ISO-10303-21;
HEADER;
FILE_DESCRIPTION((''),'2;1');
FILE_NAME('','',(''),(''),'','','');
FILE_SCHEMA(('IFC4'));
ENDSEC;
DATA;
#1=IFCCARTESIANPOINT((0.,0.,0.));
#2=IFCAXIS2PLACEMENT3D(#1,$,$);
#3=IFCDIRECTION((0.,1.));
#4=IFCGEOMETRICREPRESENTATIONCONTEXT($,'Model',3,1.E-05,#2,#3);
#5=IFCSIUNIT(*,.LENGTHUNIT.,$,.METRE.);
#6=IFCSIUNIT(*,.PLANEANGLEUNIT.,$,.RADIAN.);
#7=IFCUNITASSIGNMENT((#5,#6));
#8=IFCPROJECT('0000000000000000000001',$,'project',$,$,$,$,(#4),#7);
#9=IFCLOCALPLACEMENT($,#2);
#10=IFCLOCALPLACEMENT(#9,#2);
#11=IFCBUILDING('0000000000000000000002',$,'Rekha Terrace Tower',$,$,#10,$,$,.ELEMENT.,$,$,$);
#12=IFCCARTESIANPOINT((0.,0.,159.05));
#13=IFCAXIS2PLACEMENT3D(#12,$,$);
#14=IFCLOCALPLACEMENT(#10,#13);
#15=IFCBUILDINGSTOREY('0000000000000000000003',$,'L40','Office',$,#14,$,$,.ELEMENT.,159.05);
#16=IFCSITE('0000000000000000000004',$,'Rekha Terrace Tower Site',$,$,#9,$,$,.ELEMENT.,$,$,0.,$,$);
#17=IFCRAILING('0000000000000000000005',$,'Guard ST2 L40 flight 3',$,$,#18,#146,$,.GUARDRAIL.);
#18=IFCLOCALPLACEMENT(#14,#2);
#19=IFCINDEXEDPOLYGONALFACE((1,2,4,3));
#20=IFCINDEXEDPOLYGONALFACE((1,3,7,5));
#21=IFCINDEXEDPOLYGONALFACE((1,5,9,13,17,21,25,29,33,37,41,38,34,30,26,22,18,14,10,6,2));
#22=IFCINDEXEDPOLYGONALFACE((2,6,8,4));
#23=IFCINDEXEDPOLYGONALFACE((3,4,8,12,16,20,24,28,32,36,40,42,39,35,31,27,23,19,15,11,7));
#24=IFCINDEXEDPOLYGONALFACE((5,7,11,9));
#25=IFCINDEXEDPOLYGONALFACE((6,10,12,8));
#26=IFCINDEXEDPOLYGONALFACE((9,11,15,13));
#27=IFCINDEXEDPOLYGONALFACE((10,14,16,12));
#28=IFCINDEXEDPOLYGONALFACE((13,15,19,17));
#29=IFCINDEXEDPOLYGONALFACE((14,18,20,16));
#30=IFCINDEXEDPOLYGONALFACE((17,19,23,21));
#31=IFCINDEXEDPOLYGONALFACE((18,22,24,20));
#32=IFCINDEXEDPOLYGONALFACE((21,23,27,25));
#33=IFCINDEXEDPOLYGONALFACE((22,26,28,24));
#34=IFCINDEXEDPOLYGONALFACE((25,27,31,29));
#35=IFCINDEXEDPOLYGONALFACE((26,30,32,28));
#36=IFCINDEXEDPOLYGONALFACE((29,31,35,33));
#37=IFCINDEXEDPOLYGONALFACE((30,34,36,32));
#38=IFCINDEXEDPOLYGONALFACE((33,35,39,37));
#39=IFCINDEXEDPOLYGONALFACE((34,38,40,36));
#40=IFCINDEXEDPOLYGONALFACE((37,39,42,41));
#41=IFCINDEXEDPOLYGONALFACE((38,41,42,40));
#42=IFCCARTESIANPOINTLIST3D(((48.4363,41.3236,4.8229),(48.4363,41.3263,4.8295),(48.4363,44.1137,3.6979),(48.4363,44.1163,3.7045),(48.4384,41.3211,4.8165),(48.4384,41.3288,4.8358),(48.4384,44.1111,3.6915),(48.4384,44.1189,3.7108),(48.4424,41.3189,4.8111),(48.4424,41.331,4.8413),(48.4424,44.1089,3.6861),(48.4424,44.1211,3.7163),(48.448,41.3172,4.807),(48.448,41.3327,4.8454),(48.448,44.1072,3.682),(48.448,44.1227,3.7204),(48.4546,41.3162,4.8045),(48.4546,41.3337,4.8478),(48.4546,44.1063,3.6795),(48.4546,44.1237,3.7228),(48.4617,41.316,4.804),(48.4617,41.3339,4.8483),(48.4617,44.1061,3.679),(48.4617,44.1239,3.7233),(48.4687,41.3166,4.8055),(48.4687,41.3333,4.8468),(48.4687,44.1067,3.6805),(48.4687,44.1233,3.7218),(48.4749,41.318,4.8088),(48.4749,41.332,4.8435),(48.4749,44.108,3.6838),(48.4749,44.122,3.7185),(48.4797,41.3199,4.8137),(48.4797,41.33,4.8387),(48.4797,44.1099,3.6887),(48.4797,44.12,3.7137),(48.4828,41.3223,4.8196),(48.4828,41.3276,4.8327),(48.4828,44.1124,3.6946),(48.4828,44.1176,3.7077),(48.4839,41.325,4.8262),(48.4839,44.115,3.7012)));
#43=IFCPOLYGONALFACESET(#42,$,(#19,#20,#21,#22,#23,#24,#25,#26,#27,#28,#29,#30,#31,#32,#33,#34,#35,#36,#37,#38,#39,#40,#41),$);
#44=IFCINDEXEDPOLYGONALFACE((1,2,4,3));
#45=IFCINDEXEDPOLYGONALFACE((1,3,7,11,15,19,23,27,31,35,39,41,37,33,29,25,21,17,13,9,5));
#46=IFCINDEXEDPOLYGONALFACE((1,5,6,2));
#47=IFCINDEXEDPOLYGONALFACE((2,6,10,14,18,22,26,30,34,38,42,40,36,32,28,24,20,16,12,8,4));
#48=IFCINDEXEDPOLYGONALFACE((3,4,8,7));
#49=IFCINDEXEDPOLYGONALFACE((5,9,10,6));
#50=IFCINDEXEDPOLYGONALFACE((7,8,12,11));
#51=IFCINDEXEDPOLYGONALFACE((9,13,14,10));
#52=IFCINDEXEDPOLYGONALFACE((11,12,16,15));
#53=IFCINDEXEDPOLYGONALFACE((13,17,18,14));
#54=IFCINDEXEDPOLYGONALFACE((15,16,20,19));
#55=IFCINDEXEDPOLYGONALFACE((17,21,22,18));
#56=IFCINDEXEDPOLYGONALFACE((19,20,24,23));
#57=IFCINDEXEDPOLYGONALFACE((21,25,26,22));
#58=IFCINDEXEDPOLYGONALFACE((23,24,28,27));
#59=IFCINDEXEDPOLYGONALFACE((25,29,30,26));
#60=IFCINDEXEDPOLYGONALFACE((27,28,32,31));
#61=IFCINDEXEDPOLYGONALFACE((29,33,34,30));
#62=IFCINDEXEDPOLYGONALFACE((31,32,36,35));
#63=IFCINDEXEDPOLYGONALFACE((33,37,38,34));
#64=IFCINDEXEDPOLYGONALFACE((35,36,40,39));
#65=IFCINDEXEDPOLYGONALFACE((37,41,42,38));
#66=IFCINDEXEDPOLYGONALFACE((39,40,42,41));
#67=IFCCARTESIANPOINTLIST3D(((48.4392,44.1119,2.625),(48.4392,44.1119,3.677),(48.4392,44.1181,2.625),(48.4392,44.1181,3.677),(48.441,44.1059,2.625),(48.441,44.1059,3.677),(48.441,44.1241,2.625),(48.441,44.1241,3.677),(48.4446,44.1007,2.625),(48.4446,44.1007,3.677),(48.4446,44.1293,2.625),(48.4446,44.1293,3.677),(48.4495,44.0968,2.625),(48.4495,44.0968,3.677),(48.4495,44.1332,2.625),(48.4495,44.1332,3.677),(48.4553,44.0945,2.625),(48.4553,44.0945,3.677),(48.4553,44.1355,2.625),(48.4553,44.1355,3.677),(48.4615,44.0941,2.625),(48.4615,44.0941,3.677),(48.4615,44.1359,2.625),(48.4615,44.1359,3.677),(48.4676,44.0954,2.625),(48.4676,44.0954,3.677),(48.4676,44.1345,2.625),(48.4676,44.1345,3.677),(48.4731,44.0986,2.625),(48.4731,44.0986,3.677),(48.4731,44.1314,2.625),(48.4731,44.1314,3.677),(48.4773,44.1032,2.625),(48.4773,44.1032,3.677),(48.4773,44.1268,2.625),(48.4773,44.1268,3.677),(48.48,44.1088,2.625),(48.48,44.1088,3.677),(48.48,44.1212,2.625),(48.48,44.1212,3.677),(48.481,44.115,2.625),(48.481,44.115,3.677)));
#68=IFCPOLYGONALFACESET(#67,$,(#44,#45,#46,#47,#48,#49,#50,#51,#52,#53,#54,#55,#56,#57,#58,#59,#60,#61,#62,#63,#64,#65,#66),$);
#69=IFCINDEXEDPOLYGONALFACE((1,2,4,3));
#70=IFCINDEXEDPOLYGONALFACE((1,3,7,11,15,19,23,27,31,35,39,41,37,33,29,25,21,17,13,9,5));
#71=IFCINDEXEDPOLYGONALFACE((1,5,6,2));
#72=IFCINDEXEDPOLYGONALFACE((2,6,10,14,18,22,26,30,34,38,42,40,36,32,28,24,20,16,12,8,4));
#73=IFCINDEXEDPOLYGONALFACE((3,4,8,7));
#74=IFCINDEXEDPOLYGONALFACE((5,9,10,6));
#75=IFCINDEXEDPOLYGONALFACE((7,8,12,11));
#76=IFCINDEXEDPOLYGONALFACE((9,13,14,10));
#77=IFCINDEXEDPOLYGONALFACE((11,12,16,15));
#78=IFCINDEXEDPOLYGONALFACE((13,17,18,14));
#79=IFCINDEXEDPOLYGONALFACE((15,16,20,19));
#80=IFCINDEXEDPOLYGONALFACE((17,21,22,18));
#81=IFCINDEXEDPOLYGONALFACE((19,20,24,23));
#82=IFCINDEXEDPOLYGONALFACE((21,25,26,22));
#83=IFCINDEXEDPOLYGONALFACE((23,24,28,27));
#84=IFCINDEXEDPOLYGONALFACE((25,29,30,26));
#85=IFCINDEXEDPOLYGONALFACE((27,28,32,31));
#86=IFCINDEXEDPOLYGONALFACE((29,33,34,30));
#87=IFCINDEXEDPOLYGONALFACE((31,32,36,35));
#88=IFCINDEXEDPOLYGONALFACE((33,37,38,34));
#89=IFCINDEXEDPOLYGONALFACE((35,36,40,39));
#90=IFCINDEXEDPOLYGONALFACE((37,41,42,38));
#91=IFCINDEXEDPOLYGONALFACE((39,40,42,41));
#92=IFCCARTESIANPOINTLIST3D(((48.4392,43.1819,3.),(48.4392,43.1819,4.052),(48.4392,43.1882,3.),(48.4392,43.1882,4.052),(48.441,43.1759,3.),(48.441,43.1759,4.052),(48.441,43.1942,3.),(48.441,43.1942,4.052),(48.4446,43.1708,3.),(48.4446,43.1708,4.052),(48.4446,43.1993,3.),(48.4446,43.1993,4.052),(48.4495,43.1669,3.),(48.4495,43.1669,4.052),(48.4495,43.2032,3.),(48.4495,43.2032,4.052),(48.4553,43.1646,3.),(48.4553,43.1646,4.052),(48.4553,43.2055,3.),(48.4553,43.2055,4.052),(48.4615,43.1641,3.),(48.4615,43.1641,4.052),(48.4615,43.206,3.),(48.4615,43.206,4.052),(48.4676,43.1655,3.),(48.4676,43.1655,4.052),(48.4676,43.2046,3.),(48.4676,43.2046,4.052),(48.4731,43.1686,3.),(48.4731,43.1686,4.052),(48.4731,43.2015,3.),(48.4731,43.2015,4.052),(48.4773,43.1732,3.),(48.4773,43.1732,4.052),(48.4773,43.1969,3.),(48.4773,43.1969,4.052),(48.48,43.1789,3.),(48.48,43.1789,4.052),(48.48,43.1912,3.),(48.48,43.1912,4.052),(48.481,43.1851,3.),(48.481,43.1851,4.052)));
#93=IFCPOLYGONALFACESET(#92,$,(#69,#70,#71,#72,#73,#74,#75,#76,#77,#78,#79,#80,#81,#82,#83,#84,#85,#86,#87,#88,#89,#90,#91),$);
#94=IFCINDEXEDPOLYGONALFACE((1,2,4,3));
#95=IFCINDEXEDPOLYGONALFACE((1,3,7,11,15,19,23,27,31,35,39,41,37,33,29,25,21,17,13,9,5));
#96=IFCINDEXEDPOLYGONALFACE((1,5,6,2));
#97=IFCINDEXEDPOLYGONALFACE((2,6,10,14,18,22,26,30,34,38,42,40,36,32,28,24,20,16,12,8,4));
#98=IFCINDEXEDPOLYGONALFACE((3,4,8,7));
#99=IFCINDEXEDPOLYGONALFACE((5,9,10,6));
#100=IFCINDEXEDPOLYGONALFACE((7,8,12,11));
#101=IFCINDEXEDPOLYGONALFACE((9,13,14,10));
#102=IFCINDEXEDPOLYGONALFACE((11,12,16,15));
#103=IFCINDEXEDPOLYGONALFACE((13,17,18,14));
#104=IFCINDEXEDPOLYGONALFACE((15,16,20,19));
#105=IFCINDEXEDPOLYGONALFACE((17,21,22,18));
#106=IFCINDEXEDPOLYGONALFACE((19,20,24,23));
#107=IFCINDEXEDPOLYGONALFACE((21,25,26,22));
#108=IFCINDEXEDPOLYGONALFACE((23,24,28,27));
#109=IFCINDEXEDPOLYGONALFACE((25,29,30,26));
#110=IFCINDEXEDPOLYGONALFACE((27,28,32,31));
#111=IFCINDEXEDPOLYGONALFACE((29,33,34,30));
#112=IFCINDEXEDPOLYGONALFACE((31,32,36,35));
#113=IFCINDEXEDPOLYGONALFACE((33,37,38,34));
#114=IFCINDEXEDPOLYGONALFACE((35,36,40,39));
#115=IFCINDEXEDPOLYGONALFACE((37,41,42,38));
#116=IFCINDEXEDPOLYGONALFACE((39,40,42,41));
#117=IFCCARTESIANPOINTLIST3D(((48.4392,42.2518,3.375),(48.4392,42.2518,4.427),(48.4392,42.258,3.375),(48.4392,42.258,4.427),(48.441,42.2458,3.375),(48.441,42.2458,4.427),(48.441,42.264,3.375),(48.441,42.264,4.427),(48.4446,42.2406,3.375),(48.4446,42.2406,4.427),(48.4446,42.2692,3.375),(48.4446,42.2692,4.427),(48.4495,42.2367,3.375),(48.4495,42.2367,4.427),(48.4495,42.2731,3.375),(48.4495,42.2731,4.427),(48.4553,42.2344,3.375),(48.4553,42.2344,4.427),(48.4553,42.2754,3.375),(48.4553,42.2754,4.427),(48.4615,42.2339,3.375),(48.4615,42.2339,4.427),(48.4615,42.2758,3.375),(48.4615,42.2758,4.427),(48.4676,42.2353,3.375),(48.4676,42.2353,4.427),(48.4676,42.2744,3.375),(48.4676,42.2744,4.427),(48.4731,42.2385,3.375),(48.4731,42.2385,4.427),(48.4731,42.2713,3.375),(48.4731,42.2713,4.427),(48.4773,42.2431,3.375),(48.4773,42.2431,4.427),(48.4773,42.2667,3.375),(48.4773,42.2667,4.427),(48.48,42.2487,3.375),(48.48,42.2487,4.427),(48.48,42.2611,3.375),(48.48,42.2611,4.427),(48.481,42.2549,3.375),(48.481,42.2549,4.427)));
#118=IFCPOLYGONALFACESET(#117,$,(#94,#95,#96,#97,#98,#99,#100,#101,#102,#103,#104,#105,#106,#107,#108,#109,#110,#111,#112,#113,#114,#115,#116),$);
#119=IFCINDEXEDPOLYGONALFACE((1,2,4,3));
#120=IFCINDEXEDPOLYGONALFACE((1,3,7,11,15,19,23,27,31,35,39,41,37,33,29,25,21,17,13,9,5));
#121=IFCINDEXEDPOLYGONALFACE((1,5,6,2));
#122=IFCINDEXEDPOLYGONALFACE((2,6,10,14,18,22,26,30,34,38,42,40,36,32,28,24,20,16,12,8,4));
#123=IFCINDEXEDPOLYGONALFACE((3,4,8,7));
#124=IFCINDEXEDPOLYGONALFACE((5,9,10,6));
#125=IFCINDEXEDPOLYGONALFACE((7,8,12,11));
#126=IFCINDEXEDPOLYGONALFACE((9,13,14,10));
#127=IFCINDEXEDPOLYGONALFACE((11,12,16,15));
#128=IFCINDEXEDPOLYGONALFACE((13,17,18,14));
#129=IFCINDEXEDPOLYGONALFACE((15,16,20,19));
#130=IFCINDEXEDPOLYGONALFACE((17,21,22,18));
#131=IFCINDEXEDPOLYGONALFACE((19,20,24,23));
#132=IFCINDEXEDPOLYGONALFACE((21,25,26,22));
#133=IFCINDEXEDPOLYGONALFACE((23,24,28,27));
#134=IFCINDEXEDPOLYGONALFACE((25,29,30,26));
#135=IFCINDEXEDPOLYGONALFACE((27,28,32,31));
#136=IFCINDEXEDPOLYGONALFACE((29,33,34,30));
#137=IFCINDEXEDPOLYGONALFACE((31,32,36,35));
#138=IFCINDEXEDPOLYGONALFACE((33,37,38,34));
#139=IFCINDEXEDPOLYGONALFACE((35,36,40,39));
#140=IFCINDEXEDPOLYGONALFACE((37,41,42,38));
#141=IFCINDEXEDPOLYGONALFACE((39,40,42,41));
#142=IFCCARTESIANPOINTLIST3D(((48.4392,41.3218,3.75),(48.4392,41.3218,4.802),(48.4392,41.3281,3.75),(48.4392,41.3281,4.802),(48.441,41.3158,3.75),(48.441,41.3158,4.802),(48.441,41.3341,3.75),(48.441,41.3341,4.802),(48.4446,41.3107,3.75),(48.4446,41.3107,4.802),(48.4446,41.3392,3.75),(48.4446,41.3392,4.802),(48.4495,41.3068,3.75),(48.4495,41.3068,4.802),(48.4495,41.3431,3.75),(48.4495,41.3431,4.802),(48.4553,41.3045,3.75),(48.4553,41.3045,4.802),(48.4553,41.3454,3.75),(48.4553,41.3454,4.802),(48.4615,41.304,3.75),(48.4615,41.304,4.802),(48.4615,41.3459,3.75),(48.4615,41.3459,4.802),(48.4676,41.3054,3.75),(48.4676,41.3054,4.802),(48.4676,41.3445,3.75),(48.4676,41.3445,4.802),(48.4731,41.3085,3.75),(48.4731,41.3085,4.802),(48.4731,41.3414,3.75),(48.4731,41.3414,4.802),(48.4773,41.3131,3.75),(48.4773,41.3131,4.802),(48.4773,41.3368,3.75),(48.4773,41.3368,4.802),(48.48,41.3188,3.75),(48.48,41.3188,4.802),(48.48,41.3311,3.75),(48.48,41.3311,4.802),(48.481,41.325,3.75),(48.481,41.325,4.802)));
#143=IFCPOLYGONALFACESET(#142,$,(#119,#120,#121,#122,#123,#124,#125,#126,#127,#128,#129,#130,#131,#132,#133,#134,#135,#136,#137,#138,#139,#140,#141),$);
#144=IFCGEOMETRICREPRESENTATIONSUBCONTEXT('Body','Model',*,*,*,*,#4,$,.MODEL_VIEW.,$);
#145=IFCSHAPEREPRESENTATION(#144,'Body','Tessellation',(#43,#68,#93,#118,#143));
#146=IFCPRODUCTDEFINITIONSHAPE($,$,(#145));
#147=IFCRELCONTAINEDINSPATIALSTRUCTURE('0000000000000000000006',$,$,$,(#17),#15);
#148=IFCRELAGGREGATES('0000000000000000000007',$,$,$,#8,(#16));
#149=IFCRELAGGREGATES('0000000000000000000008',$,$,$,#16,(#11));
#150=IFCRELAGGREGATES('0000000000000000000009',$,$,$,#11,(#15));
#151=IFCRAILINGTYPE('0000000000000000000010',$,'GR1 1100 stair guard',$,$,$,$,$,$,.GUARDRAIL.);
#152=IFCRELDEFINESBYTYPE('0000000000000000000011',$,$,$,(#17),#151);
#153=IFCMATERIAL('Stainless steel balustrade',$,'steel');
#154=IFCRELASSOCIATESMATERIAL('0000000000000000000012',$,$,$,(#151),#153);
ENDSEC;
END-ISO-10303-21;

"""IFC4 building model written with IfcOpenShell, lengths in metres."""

from ifc_helpers import new_model, si_unit, direction, frame, origin, origin_2d, place, context, subcontext, project, spatial, circle, extrude, material, type_object, element, save


model = new_model("IFC4")

# Units and contexts
model_context = context("Model", 3, precision=1e-05, world=origin(), true_north=direction((0.0, 1.0)))
body_context = subcontext(model_context, "Body", "Model", "MODEL_VIEW")
ifc_project = project(units=[si_unit("LENGTHUNIT", "METRE"), si_unit("PLANEANGLEUNIT", "RADIAN")], contexts=[model_context])

# Site, building, storey
site_placement = place(None, origin())
site = spatial("IfcSite", under=ifc_project, at=site_placement, Name="Rekha Terrace Tower Site", CompositionType="ELEMENT", RefElevation=0.0)
building_placement = place(site_placement, origin())
building = spatial("IfcBuilding", under=site, at=building_placement, Name="Rekha Terrace Tower", CompositionType="ELEMENT")
storey_placement = place(building_placement, frame((0.0, 0.0, 159.05)))
storey = spatial("IfcBuildingStorey", under=building, at=storey_placement, Name="L40", Description="Office", CompositionType="ELEMENT", Elevation=159.05)

# Railing
ifc_material_1 = material(Name="Stainless steel balustrade", Category="steel")
railing_type_1 = type_object("IfcRailingType", Name="GR1 1100 stair guard", PredefinedType="GUARDRAIL", material=ifc_material_1)
railing_1_placement = place(storey_placement, frame((48.46, 44.115, 2.625)))
element("IfcRailing", 1, at=railing_1_placement, inside=storey, type_object=railing_type_1, Name="Guard ST2 L40 flight 3", PredefinedType="GUARDRAIL", context=body_context, shape_type="SweptSolid", body=[
    extrude(circle(Radius=0.0239, at=origin_2d()), frame((0.0, 0.0, 1.0762), z_axis=(0.0, -0.927443, 0.373964), x_axis=(1.0, 0.0, 0.0)), (0.0, 0.0, 1.0), 3.0083),
    extrude(circle(Radius=0.021, at=origin_2d()), origin(), (0.0, 0.0, 1.0), 1.052),
    extrude(circle(Radius=0.021, at=origin_2d()), frame((0.0, -0.9299, 0.375)), (0.0, 0.0, 1.0), 1.052),
    extrude(circle(Radius=0.021, at=origin_2d()), frame((0.0, -1.8601, 0.75)), (0.0, 0.0, 1.0), 1.052),
    extrude(circle(Radius=0.021, at=origin_2d()), frame((0.0, -2.79, 1.125)), (0.0, 0.0, 1.0), 1.052),
])

save(model, "model.ifc")
